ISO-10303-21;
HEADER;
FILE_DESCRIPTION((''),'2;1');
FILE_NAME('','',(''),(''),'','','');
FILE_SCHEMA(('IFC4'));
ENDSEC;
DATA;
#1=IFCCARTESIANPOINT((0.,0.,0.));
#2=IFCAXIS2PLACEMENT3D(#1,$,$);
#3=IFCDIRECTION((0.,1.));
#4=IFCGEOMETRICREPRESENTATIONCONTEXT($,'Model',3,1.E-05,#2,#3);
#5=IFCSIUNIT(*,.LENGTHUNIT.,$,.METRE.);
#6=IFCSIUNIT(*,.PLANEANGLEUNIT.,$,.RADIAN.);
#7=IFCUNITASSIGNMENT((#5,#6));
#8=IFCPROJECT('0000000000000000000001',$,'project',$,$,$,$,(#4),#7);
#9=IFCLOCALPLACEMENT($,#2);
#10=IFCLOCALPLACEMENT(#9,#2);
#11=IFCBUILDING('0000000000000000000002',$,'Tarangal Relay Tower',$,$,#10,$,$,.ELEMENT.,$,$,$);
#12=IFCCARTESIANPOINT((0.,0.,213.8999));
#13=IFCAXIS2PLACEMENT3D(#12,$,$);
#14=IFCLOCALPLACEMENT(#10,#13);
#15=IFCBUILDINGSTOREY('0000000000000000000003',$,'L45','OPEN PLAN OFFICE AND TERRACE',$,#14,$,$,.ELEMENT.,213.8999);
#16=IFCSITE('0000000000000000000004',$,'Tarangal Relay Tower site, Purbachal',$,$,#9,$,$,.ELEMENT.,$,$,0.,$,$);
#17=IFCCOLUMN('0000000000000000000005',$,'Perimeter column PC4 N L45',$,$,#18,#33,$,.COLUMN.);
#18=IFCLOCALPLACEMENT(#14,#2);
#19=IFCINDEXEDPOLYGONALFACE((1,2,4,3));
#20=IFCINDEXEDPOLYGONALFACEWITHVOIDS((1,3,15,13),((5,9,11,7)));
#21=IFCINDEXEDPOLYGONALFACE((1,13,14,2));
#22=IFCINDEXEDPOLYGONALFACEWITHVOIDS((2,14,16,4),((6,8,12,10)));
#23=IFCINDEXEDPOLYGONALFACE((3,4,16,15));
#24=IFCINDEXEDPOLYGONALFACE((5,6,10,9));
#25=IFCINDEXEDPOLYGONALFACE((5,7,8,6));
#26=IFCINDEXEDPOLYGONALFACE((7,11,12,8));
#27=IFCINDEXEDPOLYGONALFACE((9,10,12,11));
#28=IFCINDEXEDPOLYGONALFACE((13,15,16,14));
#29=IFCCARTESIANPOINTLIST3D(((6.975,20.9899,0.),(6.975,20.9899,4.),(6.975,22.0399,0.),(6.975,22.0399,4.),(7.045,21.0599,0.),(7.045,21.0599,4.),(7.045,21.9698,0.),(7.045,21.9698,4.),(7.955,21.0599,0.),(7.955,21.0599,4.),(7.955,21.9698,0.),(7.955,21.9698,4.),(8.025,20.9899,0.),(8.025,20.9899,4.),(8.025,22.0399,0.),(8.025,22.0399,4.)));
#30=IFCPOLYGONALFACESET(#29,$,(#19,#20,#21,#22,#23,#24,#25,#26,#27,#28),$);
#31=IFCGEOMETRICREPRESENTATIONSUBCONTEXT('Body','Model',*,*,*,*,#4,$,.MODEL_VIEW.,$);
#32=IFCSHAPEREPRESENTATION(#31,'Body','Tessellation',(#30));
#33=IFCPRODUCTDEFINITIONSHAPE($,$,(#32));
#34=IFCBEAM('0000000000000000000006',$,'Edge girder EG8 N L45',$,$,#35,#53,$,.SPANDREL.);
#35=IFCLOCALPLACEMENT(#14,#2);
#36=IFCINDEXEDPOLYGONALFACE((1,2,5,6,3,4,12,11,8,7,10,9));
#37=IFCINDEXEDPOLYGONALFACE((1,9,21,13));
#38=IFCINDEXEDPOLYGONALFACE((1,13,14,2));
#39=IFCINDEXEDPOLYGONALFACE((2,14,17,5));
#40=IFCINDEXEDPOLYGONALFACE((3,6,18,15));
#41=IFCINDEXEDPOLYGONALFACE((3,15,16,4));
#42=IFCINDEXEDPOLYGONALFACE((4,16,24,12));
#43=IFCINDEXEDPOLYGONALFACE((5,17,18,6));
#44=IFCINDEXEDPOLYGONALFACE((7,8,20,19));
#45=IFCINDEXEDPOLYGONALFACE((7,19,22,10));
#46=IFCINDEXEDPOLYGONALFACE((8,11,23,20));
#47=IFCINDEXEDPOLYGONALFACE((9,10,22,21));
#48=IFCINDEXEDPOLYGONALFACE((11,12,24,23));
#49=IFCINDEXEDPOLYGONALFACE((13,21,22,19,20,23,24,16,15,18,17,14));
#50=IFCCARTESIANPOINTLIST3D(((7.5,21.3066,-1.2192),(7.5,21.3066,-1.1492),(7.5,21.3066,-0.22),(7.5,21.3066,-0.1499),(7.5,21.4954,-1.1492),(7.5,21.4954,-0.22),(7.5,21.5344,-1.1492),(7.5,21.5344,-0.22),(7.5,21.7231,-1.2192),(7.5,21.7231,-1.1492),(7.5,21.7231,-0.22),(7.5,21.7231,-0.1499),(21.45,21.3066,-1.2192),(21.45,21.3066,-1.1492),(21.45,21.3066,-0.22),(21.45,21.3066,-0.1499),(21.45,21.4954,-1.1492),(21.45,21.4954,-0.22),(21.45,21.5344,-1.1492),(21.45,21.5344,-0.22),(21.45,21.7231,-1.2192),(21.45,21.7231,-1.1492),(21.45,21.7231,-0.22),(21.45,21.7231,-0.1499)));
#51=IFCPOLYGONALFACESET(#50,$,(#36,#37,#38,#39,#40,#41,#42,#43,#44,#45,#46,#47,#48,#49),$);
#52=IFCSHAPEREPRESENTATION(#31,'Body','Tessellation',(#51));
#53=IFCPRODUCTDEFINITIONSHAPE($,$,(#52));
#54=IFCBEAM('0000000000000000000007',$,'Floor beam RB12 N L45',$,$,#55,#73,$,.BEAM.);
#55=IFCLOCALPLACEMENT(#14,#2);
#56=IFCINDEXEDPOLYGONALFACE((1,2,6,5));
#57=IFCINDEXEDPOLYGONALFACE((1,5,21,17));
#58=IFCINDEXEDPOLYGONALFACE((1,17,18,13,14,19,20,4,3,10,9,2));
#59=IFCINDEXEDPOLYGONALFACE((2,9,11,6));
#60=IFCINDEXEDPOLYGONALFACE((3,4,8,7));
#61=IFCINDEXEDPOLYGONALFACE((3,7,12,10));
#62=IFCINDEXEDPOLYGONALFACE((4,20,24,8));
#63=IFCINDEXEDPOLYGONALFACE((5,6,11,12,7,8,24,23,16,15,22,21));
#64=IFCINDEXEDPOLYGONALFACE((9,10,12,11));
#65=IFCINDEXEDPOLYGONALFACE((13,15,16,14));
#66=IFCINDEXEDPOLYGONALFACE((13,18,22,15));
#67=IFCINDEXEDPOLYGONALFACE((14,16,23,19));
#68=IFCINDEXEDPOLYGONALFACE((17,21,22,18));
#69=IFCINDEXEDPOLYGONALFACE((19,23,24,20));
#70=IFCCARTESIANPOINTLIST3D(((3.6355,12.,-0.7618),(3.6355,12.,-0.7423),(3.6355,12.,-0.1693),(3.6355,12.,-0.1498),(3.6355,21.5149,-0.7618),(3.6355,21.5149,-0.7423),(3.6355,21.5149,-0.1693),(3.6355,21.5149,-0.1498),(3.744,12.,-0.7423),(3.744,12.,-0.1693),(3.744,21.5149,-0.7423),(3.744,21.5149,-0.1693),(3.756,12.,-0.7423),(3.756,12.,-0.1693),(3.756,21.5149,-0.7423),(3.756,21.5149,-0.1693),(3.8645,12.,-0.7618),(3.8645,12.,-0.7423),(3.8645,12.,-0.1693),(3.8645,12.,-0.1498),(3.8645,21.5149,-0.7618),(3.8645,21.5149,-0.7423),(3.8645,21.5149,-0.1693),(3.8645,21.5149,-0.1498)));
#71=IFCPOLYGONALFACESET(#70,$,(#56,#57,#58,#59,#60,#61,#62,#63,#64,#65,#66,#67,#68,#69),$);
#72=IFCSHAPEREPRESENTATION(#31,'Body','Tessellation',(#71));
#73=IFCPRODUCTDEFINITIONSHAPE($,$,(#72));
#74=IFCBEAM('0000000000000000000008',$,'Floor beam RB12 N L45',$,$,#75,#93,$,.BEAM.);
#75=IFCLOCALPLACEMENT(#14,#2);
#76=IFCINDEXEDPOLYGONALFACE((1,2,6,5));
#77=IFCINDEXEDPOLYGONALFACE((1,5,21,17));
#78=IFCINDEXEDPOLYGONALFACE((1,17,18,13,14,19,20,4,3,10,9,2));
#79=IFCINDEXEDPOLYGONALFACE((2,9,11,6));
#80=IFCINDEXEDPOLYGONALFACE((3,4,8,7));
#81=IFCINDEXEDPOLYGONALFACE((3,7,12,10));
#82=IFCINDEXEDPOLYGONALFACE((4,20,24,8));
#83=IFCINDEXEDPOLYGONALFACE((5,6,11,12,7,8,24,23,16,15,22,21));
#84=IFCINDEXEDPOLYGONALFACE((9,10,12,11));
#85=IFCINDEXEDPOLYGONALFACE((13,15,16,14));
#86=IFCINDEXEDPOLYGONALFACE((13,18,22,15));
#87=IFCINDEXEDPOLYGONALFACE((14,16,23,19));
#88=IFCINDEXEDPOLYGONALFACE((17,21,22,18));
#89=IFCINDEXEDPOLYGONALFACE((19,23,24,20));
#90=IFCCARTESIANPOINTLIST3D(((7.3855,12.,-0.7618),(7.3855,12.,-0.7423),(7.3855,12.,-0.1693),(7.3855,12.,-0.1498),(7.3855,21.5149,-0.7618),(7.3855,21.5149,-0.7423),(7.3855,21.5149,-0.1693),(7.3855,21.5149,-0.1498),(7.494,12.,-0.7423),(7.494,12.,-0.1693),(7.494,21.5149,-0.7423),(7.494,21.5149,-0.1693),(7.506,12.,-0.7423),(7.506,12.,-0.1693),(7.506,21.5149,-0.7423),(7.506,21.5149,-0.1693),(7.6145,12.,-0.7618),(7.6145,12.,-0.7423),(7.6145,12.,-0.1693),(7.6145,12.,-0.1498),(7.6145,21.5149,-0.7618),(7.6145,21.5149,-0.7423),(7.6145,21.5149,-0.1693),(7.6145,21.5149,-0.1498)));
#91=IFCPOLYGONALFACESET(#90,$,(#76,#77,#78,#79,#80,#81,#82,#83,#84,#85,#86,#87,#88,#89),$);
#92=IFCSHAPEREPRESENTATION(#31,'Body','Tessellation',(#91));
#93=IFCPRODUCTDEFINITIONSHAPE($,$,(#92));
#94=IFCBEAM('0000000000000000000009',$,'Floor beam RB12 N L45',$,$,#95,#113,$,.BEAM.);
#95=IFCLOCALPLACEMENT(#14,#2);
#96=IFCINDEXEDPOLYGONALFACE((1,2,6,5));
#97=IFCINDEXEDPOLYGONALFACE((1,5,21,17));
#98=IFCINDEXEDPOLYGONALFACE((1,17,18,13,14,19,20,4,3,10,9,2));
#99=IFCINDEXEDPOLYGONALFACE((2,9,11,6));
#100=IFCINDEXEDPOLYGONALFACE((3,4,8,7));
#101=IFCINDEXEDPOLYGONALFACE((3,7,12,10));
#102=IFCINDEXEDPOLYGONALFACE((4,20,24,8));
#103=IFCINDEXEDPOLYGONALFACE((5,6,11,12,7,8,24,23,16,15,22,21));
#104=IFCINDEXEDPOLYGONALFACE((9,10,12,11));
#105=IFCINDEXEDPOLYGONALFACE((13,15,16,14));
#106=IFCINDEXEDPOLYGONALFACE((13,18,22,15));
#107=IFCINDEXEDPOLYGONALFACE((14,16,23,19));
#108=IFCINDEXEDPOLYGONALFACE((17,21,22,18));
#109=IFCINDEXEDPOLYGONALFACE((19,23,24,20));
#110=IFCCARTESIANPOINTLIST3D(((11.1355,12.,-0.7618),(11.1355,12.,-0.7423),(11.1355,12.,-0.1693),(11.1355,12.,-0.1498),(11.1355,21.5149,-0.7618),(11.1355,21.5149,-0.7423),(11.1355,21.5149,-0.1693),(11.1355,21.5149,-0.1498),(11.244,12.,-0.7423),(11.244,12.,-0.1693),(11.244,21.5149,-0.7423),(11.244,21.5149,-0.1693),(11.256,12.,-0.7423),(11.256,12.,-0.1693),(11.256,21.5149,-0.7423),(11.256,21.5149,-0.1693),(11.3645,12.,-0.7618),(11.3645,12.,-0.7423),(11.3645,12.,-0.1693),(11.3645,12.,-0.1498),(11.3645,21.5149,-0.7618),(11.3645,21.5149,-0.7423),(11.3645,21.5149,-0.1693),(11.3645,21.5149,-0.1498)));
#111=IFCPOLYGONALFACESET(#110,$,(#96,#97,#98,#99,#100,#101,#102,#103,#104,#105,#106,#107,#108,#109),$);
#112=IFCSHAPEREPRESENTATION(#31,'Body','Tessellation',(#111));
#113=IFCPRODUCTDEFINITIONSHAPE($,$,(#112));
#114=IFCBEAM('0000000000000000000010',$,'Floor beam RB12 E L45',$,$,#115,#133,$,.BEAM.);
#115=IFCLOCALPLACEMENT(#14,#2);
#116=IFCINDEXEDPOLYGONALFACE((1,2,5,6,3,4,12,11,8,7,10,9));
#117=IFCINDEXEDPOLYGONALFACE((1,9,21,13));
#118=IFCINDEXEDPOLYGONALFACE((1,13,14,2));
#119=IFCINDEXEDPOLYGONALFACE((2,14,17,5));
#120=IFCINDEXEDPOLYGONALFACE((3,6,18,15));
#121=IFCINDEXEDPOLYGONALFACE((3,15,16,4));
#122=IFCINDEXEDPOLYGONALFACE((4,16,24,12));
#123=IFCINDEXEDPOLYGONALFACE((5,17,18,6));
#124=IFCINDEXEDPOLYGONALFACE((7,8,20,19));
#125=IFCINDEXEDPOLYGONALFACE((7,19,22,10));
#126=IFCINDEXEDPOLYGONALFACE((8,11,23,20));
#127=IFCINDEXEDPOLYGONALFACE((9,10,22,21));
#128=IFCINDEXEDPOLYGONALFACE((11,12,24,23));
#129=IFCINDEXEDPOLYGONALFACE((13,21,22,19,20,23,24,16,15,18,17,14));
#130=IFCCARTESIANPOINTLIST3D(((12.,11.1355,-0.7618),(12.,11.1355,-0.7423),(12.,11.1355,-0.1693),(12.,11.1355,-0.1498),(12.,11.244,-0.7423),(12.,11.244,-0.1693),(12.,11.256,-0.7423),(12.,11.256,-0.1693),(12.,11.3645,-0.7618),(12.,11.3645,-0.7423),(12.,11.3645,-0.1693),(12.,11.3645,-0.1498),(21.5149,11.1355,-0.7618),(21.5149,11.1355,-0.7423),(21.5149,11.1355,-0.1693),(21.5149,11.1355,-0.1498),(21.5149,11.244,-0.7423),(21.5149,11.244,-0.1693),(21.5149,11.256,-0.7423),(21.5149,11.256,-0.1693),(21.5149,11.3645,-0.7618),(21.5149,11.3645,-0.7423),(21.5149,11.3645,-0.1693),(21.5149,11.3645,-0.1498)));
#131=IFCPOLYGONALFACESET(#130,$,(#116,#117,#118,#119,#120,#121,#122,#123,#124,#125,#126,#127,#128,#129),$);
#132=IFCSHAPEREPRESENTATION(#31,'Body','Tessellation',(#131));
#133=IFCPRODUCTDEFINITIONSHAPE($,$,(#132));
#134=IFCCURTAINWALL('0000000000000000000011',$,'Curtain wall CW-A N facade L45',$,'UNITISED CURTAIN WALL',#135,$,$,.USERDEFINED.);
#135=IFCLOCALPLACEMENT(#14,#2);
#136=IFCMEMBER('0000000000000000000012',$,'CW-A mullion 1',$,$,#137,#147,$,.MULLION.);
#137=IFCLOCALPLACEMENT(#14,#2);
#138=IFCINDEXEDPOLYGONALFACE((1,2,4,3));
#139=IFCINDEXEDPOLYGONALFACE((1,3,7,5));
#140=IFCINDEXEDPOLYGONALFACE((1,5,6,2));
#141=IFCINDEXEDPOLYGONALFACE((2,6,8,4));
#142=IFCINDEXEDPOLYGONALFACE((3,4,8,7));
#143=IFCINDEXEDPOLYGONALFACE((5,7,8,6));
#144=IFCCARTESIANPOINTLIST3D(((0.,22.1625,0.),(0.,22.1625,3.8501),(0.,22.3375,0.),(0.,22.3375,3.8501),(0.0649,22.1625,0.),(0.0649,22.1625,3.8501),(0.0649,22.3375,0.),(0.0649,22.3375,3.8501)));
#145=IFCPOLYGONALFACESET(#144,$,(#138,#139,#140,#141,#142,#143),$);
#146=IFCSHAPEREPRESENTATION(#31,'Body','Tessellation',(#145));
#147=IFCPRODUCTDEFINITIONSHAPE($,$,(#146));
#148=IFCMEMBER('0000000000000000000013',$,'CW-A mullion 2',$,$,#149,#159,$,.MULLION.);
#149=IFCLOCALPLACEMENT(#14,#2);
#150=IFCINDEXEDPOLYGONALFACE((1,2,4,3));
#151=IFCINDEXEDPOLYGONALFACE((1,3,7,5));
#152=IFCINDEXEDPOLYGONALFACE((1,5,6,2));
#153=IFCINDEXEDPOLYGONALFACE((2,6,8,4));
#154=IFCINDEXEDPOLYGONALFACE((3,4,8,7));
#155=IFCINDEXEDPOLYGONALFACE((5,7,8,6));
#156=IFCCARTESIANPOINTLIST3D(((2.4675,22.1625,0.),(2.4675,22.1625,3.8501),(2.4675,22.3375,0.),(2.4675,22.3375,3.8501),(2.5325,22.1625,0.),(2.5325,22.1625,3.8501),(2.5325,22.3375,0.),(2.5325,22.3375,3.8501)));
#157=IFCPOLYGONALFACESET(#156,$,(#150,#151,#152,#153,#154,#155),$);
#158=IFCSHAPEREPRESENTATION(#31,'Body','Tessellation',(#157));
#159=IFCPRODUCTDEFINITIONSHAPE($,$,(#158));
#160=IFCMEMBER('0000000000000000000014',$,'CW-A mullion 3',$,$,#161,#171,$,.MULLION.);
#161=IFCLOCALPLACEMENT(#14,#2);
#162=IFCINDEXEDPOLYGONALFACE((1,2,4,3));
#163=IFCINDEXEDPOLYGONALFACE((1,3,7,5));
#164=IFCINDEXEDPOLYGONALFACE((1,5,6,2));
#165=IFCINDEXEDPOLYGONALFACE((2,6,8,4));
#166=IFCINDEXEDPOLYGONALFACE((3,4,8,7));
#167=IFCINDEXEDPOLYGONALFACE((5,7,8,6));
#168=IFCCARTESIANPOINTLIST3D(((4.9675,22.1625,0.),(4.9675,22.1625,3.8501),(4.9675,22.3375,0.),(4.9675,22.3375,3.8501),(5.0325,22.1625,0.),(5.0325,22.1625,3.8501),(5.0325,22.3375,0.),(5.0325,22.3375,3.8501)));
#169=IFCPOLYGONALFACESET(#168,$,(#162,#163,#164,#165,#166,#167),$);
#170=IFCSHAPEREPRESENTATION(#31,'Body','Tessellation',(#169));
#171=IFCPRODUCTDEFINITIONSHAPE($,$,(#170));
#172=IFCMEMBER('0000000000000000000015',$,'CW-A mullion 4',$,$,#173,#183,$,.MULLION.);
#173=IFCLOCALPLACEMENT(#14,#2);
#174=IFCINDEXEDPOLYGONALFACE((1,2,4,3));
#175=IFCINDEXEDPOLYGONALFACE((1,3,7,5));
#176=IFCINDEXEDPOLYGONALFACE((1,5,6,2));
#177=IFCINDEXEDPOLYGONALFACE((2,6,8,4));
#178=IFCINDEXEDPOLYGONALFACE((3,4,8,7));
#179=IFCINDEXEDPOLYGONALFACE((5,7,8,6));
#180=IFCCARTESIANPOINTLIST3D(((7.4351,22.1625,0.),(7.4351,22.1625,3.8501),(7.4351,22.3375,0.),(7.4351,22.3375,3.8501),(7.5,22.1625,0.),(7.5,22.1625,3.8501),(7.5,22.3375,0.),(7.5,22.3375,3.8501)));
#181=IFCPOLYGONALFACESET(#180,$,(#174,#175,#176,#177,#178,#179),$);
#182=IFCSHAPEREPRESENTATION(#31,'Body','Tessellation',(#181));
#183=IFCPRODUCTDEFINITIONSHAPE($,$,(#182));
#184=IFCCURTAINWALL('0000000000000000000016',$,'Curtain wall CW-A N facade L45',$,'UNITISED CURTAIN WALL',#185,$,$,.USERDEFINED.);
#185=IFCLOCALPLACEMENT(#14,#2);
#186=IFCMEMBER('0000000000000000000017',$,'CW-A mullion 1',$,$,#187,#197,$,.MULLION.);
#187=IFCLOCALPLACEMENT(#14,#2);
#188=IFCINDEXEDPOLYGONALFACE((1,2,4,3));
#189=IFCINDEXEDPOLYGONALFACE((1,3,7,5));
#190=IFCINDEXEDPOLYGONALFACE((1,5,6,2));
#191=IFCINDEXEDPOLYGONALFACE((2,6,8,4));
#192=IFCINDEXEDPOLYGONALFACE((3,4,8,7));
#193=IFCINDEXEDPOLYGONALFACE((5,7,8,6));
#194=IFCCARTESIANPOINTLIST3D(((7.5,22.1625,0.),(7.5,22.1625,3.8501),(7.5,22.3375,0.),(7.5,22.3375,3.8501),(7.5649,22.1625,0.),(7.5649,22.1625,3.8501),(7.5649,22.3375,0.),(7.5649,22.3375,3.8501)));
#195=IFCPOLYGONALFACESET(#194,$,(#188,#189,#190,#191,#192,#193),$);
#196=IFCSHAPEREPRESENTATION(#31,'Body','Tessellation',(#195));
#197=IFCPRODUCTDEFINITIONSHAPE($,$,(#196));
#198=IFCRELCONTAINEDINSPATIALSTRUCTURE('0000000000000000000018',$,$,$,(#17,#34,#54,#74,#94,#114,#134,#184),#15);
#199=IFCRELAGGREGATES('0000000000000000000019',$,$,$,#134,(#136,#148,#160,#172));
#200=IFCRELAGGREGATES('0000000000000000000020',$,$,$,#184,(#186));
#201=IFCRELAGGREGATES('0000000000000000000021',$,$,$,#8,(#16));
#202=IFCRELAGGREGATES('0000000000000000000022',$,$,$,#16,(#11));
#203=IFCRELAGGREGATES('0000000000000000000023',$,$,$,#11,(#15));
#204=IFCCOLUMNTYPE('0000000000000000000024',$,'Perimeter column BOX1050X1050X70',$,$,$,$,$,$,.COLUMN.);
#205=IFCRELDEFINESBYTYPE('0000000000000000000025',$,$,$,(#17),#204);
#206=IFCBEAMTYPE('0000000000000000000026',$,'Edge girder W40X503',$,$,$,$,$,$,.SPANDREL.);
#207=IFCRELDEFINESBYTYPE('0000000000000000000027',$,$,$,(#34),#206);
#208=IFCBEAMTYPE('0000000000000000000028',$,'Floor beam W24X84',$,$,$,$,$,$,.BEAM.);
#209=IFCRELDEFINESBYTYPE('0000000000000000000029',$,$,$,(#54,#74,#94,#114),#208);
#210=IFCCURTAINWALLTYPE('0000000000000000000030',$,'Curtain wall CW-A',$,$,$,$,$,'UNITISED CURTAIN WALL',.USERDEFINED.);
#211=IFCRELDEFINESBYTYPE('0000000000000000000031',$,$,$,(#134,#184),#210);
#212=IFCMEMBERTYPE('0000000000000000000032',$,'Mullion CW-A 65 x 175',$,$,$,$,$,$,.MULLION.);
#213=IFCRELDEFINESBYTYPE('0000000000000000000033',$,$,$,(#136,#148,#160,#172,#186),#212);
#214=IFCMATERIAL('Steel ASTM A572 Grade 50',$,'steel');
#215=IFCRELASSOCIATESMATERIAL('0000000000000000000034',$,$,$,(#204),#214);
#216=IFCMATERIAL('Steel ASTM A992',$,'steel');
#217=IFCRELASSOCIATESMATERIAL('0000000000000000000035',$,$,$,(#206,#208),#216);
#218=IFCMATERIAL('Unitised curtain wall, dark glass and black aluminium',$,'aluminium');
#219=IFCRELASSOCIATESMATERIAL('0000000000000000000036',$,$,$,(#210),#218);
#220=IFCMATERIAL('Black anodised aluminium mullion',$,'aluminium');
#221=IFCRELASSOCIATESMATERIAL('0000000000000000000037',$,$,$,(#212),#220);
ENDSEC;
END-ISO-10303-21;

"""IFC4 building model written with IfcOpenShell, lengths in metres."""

from ifc_helpers import new_model, si_unit, direction, frame, origin, origin_2d, place, context, subcontext, project, spatial, rectangle, hollow_rectangle, i_section, extrude, material, material_profile, profile_set, type_object, element, aggregate, save


model = new_model("IFC4")

# Units and contexts
model_context = context("Model", 3, precision=1e-05, world=origin(), true_north=direction((0.0, 1.0)))
body_context = subcontext(model_context, "Body", "Model", "MODEL_VIEW")
ifc_project = project(units=[si_unit("LENGTHUNIT", "METRE"), si_unit("PLANEANGLEUNIT", "RADIAN")], contexts=[model_context])

# Site, building, storey
site_placement = place(None, origin())
site = spatial("IfcSite", under=ifc_project, at=site_placement, Name="Tarangal Relay Tower site, Purbachal", CompositionType="ELEMENT", RefElevation=0.0)
building_placement = place(site_placement, origin())
building = spatial("IfcBuilding", under=site, at=building_placement, Name="Tarangal Relay Tower", CompositionType="ELEMENT")
storey_placement = place(building_placement, frame((0.0, 0.0, 213.8999)))
storey = spatial("IfcBuildingStorey", under=building, at=storey_placement, Name="L45", Description="OPEN PLAN OFFICE AND TERRACE", CompositionType="ELEMENT", Elevation=213.8999)

# Column
ifc_material_1 = material(Name="Steel ASTM A572 Grade 50", Category="steel")
ifc_material_profile_1 = material_profile(ifc_material_1, hollow_rectangle(XDim=1.05, YDim=1.05, WallThickness=0.0701, at=origin_2d()), Name="BOX1050X1050X70")
ifc_profile_set_1 = profile_set([ifc_material_profile_1], Name="Steel ASTM A572 Grade 50")
column_type = type_object("IfcColumnType", Name="Perimeter column BOX1050X1050X70", PredefinedType="COLUMN", material=ifc_profile_set_1)
column_placement = place(storey_placement, frame((7.5, 21.5149, 0.0), z_axis=(0.0, 0.0, 1.0), x_axis=(1.0, 0.0, 0.0)))
element("IfcColumn", 1, at=column_placement, inside=storey, type_object=column_type, Name="Perimeter column PC4 N L45", PredefinedType="COLUMN", context=body_context, shape_type="SweptSolid", body=[
    extrude(hollow_rectangle(XDim=1.05, YDim=1.05, WallThickness=0.0701, at=origin_2d()), origin(), (0.0, 0.0, 1.0), 4.0),
])

# Beams
ifc_material_2 = material(Name="Steel ASTM A992", Category="steel")
ifc_material_profile_2 = material_profile(ifc_material_2, i_section(OverallWidth=0.4165, OverallDepth=1.0693, WebThickness=0.0391, FlangeThickness=0.0701, at=origin_2d()), Name="W40X503")
ifc_profile_set_2 = profile_set([ifc_material_profile_2], Name="Steel ASTM A992")
beam_type_1 = type_object("IfcBeamType", Name="Edge girder W40X503", PredefinedType="SPANDREL", material=ifc_profile_set_2)
beam_placement = place(storey_placement, frame((7.5, 21.5149, -0.6846), z_axis=(1.0, 0.0, 0.0), x_axis=(0.0, 1.0, 0.0)))
element("IfcBeam", 2, at=beam_placement, inside=storey, type_object=beam_type_1, Name="Edge girder EG8 N L45", PredefinedType="SPANDREL", context=body_context, shape_type="SweptSolid", body=[
    extrude(i_section(OverallWidth=0.4165, OverallDepth=1.0693, WebThickness=0.0391, FlangeThickness=0.0701, at=origin_2d()), origin(), (0.0, 0.0, 1.0), 13.95),
])
ifc_material_profile_3 = material_profile(ifc_material_2, i_section(OverallWidth=0.229, OverallDepth=0.6121, WebThickness=0.012, FlangeThickness=0.0195, at=origin_2d()), Name="W24X84")
ifc_profile_set_3 = profile_set([ifc_material_profile_3], Name="Steel ASTM A992")
beam_type_2 = type_object("IfcBeamType", Name="Floor beam W24X84", PredefinedType="BEAM", material=ifc_profile_set_3)
for number, where, z_axis, x_axis, name in (
    (3, (3.75, 12.0, -0.4558), (0.0, 1.0, 0.0), (-1.0, 0.0, 0.0), "Floor beam RB12 N L45"),
    (4, (7.5, 12.0, -0.4558), (0.0, 1.0, 0.0), (-1.0, 0.0, 0.0), "Floor beam RB12 N L45"),
    (5, (11.25, 12.0, -0.4558), (0.0, 1.0, 0.0), (-1.0, 0.0, 0.0), "Floor beam RB12 N L45"),
    (6, (12.0, 11.25, -0.4558), (1.0, 0.0, 0.0), (0.0, 1.0, 0.0), "Floor beam RB12 E L45"),
):
    element("IfcBeam", number, at=place(storey_placement, frame(where, z_axis=z_axis, x_axis=x_axis)), inside=storey, type_object=beam_type_2, Name=name, PredefinedType="BEAM", context=body_context, shape_type="SweptSolid", body=[
        extrude(i_section(OverallWidth=0.229, OverallDepth=0.6121, WebThickness=0.012, FlangeThickness=0.0195, at=origin_2d()), origin(), (0.0, 0.0, 1.0), 9.5149),
    ])

# Curtain walls, members
ifc_material_3 = material(Name="Unitised curtain wall, dark glass and black aluminium", Category="aluminium")
curtain_wall_type = type_object("IfcCurtainWallType", Name="Curtain wall CW-A", ElementType="UNITISED CURTAIN WALL", PredefinedType="USERDEFINED", material=ifc_material_3)
curtain_wall_1_placement = place(storey_placement, origin())
curtain_wall_1 = element("IfcCurtainWall", 7, at=curtain_wall_1_placement, inside=storey, type_object=curtain_wall_type, Name="Curtain wall CW-A N facade L45", ObjectType="UNITISED CURTAIN WALL", PredefinedType="USERDEFINED")
ifc_material_4 = material(Name="Black anodised aluminium mullion", Category="aluminium")
ifc_material_profile_4 = material_profile(ifc_material_4, rectangle(XDim=0.175, YDim=0.0649, at=origin_2d()), Name="CW-AM 65X175")
ifc_profile_set_4 = profile_set([ifc_material_profile_4], Name="Black anodised aluminium mullion")
member_type_1 = type_object("IfcMemberType", Name="Mullion CW-A 65 x 175", PredefinedType="MULLION", material=ifc_profile_set_4)
member_1_placement = place(storey_placement, frame((0.0325, 22.25, 0.0), z_axis=(0.0, 0.0, 1.0), x_axis=(0.0, 1.0, 0.0)))
member_1 = element("IfcMember", 8, at=member_1_placement, type_object=member_type_1, Name="CW-A mullion 1", PredefinedType="MULLION", context=body_context, shape_type="SweptSolid", body=[
    extrude(rectangle(XDim=0.175, YDim=0.0649, at=origin_2d()), origin(), (0.0, 0.0, 1.0), 3.8501),
])
member_2_placement = place(storey_placement, frame((2.5, 22.25, 0.0), z_axis=(0.0, 0.0, 1.0), x_axis=(0.0, 1.0, 0.0)))
member_2 = element("IfcMember", 9, at=member_2_placement, type_object=member_type_1, Name="CW-A mullion 2", PredefinedType="MULLION", context=body_context, shape_type="SweptSolid", body=[
    extrude(rectangle(XDim=0.175, YDim=0.0649, at=origin_2d()), origin(), (0.0, 0.0, 1.0), 3.8501),
])
member_3_placement = place(storey_placement, frame((5.0, 22.25, 0.0), z_axis=(0.0, 0.0, 1.0), x_axis=(0.0, 1.0, 0.0)))
member_3 = element("IfcMember", 10, at=member_3_placement, type_object=member_type_1, Name="CW-A mullion 3", PredefinedType="MULLION", context=body_context, shape_type="SweptSolid", body=[
    extrude(rectangle(XDim=0.175, YDim=0.0649, at=origin_2d()), origin(), (0.0, 0.0, 1.0), 3.8501),
])
member_4_placement = place(storey_placement, frame((7.4675, 22.25, 0.0), z_axis=(0.0, 0.0, 1.0), x_axis=(0.0, 1.0, 0.0)))
member_4 = element("IfcMember", 11, at=member_4_placement, type_object=member_type_1, Name="CW-A mullion 4", PredefinedType="MULLION", context=body_context, shape_type="SweptSolid", body=[
    extrude(rectangle(XDim=0.175, YDim=0.0649, at=origin_2d()), origin(), (0.0, 0.0, 1.0), 3.8501),
])
curtain_wall_2_placement = place(storey_placement, origin())
curtain_wall_2 = element("IfcCurtainWall", 12, at=curtain_wall_2_placement, inside=storey, type_object=curtain_wall_type, Name="Curtain wall CW-A N facade L45", ObjectType="UNITISED CURTAIN WALL", PredefinedType="USERDEFINED")
member_5_placement = place(storey_placement, frame((7.5325, 22.25, 0.0), z_axis=(0.0, 0.0, 1.0), x_axis=(0.0, 1.0, 0.0)))
member_5 = element("IfcMember", 13, at=member_5_placement, type_object=member_type_1, Name="CW-A mullion 1", PredefinedType="MULLION", context=body_context, shape_type="SweptSolid", body=[
    extrude(rectangle(XDim=0.175, YDim=0.0649, at=origin_2d()), origin(), (0.0, 0.0, 1.0), 3.8501),
])

aggregate(curtain_wall_1, [member_1, member_2, member_3, member_4])
aggregate(curtain_wall_2, [member_5])

save(model, "model.ifc")
